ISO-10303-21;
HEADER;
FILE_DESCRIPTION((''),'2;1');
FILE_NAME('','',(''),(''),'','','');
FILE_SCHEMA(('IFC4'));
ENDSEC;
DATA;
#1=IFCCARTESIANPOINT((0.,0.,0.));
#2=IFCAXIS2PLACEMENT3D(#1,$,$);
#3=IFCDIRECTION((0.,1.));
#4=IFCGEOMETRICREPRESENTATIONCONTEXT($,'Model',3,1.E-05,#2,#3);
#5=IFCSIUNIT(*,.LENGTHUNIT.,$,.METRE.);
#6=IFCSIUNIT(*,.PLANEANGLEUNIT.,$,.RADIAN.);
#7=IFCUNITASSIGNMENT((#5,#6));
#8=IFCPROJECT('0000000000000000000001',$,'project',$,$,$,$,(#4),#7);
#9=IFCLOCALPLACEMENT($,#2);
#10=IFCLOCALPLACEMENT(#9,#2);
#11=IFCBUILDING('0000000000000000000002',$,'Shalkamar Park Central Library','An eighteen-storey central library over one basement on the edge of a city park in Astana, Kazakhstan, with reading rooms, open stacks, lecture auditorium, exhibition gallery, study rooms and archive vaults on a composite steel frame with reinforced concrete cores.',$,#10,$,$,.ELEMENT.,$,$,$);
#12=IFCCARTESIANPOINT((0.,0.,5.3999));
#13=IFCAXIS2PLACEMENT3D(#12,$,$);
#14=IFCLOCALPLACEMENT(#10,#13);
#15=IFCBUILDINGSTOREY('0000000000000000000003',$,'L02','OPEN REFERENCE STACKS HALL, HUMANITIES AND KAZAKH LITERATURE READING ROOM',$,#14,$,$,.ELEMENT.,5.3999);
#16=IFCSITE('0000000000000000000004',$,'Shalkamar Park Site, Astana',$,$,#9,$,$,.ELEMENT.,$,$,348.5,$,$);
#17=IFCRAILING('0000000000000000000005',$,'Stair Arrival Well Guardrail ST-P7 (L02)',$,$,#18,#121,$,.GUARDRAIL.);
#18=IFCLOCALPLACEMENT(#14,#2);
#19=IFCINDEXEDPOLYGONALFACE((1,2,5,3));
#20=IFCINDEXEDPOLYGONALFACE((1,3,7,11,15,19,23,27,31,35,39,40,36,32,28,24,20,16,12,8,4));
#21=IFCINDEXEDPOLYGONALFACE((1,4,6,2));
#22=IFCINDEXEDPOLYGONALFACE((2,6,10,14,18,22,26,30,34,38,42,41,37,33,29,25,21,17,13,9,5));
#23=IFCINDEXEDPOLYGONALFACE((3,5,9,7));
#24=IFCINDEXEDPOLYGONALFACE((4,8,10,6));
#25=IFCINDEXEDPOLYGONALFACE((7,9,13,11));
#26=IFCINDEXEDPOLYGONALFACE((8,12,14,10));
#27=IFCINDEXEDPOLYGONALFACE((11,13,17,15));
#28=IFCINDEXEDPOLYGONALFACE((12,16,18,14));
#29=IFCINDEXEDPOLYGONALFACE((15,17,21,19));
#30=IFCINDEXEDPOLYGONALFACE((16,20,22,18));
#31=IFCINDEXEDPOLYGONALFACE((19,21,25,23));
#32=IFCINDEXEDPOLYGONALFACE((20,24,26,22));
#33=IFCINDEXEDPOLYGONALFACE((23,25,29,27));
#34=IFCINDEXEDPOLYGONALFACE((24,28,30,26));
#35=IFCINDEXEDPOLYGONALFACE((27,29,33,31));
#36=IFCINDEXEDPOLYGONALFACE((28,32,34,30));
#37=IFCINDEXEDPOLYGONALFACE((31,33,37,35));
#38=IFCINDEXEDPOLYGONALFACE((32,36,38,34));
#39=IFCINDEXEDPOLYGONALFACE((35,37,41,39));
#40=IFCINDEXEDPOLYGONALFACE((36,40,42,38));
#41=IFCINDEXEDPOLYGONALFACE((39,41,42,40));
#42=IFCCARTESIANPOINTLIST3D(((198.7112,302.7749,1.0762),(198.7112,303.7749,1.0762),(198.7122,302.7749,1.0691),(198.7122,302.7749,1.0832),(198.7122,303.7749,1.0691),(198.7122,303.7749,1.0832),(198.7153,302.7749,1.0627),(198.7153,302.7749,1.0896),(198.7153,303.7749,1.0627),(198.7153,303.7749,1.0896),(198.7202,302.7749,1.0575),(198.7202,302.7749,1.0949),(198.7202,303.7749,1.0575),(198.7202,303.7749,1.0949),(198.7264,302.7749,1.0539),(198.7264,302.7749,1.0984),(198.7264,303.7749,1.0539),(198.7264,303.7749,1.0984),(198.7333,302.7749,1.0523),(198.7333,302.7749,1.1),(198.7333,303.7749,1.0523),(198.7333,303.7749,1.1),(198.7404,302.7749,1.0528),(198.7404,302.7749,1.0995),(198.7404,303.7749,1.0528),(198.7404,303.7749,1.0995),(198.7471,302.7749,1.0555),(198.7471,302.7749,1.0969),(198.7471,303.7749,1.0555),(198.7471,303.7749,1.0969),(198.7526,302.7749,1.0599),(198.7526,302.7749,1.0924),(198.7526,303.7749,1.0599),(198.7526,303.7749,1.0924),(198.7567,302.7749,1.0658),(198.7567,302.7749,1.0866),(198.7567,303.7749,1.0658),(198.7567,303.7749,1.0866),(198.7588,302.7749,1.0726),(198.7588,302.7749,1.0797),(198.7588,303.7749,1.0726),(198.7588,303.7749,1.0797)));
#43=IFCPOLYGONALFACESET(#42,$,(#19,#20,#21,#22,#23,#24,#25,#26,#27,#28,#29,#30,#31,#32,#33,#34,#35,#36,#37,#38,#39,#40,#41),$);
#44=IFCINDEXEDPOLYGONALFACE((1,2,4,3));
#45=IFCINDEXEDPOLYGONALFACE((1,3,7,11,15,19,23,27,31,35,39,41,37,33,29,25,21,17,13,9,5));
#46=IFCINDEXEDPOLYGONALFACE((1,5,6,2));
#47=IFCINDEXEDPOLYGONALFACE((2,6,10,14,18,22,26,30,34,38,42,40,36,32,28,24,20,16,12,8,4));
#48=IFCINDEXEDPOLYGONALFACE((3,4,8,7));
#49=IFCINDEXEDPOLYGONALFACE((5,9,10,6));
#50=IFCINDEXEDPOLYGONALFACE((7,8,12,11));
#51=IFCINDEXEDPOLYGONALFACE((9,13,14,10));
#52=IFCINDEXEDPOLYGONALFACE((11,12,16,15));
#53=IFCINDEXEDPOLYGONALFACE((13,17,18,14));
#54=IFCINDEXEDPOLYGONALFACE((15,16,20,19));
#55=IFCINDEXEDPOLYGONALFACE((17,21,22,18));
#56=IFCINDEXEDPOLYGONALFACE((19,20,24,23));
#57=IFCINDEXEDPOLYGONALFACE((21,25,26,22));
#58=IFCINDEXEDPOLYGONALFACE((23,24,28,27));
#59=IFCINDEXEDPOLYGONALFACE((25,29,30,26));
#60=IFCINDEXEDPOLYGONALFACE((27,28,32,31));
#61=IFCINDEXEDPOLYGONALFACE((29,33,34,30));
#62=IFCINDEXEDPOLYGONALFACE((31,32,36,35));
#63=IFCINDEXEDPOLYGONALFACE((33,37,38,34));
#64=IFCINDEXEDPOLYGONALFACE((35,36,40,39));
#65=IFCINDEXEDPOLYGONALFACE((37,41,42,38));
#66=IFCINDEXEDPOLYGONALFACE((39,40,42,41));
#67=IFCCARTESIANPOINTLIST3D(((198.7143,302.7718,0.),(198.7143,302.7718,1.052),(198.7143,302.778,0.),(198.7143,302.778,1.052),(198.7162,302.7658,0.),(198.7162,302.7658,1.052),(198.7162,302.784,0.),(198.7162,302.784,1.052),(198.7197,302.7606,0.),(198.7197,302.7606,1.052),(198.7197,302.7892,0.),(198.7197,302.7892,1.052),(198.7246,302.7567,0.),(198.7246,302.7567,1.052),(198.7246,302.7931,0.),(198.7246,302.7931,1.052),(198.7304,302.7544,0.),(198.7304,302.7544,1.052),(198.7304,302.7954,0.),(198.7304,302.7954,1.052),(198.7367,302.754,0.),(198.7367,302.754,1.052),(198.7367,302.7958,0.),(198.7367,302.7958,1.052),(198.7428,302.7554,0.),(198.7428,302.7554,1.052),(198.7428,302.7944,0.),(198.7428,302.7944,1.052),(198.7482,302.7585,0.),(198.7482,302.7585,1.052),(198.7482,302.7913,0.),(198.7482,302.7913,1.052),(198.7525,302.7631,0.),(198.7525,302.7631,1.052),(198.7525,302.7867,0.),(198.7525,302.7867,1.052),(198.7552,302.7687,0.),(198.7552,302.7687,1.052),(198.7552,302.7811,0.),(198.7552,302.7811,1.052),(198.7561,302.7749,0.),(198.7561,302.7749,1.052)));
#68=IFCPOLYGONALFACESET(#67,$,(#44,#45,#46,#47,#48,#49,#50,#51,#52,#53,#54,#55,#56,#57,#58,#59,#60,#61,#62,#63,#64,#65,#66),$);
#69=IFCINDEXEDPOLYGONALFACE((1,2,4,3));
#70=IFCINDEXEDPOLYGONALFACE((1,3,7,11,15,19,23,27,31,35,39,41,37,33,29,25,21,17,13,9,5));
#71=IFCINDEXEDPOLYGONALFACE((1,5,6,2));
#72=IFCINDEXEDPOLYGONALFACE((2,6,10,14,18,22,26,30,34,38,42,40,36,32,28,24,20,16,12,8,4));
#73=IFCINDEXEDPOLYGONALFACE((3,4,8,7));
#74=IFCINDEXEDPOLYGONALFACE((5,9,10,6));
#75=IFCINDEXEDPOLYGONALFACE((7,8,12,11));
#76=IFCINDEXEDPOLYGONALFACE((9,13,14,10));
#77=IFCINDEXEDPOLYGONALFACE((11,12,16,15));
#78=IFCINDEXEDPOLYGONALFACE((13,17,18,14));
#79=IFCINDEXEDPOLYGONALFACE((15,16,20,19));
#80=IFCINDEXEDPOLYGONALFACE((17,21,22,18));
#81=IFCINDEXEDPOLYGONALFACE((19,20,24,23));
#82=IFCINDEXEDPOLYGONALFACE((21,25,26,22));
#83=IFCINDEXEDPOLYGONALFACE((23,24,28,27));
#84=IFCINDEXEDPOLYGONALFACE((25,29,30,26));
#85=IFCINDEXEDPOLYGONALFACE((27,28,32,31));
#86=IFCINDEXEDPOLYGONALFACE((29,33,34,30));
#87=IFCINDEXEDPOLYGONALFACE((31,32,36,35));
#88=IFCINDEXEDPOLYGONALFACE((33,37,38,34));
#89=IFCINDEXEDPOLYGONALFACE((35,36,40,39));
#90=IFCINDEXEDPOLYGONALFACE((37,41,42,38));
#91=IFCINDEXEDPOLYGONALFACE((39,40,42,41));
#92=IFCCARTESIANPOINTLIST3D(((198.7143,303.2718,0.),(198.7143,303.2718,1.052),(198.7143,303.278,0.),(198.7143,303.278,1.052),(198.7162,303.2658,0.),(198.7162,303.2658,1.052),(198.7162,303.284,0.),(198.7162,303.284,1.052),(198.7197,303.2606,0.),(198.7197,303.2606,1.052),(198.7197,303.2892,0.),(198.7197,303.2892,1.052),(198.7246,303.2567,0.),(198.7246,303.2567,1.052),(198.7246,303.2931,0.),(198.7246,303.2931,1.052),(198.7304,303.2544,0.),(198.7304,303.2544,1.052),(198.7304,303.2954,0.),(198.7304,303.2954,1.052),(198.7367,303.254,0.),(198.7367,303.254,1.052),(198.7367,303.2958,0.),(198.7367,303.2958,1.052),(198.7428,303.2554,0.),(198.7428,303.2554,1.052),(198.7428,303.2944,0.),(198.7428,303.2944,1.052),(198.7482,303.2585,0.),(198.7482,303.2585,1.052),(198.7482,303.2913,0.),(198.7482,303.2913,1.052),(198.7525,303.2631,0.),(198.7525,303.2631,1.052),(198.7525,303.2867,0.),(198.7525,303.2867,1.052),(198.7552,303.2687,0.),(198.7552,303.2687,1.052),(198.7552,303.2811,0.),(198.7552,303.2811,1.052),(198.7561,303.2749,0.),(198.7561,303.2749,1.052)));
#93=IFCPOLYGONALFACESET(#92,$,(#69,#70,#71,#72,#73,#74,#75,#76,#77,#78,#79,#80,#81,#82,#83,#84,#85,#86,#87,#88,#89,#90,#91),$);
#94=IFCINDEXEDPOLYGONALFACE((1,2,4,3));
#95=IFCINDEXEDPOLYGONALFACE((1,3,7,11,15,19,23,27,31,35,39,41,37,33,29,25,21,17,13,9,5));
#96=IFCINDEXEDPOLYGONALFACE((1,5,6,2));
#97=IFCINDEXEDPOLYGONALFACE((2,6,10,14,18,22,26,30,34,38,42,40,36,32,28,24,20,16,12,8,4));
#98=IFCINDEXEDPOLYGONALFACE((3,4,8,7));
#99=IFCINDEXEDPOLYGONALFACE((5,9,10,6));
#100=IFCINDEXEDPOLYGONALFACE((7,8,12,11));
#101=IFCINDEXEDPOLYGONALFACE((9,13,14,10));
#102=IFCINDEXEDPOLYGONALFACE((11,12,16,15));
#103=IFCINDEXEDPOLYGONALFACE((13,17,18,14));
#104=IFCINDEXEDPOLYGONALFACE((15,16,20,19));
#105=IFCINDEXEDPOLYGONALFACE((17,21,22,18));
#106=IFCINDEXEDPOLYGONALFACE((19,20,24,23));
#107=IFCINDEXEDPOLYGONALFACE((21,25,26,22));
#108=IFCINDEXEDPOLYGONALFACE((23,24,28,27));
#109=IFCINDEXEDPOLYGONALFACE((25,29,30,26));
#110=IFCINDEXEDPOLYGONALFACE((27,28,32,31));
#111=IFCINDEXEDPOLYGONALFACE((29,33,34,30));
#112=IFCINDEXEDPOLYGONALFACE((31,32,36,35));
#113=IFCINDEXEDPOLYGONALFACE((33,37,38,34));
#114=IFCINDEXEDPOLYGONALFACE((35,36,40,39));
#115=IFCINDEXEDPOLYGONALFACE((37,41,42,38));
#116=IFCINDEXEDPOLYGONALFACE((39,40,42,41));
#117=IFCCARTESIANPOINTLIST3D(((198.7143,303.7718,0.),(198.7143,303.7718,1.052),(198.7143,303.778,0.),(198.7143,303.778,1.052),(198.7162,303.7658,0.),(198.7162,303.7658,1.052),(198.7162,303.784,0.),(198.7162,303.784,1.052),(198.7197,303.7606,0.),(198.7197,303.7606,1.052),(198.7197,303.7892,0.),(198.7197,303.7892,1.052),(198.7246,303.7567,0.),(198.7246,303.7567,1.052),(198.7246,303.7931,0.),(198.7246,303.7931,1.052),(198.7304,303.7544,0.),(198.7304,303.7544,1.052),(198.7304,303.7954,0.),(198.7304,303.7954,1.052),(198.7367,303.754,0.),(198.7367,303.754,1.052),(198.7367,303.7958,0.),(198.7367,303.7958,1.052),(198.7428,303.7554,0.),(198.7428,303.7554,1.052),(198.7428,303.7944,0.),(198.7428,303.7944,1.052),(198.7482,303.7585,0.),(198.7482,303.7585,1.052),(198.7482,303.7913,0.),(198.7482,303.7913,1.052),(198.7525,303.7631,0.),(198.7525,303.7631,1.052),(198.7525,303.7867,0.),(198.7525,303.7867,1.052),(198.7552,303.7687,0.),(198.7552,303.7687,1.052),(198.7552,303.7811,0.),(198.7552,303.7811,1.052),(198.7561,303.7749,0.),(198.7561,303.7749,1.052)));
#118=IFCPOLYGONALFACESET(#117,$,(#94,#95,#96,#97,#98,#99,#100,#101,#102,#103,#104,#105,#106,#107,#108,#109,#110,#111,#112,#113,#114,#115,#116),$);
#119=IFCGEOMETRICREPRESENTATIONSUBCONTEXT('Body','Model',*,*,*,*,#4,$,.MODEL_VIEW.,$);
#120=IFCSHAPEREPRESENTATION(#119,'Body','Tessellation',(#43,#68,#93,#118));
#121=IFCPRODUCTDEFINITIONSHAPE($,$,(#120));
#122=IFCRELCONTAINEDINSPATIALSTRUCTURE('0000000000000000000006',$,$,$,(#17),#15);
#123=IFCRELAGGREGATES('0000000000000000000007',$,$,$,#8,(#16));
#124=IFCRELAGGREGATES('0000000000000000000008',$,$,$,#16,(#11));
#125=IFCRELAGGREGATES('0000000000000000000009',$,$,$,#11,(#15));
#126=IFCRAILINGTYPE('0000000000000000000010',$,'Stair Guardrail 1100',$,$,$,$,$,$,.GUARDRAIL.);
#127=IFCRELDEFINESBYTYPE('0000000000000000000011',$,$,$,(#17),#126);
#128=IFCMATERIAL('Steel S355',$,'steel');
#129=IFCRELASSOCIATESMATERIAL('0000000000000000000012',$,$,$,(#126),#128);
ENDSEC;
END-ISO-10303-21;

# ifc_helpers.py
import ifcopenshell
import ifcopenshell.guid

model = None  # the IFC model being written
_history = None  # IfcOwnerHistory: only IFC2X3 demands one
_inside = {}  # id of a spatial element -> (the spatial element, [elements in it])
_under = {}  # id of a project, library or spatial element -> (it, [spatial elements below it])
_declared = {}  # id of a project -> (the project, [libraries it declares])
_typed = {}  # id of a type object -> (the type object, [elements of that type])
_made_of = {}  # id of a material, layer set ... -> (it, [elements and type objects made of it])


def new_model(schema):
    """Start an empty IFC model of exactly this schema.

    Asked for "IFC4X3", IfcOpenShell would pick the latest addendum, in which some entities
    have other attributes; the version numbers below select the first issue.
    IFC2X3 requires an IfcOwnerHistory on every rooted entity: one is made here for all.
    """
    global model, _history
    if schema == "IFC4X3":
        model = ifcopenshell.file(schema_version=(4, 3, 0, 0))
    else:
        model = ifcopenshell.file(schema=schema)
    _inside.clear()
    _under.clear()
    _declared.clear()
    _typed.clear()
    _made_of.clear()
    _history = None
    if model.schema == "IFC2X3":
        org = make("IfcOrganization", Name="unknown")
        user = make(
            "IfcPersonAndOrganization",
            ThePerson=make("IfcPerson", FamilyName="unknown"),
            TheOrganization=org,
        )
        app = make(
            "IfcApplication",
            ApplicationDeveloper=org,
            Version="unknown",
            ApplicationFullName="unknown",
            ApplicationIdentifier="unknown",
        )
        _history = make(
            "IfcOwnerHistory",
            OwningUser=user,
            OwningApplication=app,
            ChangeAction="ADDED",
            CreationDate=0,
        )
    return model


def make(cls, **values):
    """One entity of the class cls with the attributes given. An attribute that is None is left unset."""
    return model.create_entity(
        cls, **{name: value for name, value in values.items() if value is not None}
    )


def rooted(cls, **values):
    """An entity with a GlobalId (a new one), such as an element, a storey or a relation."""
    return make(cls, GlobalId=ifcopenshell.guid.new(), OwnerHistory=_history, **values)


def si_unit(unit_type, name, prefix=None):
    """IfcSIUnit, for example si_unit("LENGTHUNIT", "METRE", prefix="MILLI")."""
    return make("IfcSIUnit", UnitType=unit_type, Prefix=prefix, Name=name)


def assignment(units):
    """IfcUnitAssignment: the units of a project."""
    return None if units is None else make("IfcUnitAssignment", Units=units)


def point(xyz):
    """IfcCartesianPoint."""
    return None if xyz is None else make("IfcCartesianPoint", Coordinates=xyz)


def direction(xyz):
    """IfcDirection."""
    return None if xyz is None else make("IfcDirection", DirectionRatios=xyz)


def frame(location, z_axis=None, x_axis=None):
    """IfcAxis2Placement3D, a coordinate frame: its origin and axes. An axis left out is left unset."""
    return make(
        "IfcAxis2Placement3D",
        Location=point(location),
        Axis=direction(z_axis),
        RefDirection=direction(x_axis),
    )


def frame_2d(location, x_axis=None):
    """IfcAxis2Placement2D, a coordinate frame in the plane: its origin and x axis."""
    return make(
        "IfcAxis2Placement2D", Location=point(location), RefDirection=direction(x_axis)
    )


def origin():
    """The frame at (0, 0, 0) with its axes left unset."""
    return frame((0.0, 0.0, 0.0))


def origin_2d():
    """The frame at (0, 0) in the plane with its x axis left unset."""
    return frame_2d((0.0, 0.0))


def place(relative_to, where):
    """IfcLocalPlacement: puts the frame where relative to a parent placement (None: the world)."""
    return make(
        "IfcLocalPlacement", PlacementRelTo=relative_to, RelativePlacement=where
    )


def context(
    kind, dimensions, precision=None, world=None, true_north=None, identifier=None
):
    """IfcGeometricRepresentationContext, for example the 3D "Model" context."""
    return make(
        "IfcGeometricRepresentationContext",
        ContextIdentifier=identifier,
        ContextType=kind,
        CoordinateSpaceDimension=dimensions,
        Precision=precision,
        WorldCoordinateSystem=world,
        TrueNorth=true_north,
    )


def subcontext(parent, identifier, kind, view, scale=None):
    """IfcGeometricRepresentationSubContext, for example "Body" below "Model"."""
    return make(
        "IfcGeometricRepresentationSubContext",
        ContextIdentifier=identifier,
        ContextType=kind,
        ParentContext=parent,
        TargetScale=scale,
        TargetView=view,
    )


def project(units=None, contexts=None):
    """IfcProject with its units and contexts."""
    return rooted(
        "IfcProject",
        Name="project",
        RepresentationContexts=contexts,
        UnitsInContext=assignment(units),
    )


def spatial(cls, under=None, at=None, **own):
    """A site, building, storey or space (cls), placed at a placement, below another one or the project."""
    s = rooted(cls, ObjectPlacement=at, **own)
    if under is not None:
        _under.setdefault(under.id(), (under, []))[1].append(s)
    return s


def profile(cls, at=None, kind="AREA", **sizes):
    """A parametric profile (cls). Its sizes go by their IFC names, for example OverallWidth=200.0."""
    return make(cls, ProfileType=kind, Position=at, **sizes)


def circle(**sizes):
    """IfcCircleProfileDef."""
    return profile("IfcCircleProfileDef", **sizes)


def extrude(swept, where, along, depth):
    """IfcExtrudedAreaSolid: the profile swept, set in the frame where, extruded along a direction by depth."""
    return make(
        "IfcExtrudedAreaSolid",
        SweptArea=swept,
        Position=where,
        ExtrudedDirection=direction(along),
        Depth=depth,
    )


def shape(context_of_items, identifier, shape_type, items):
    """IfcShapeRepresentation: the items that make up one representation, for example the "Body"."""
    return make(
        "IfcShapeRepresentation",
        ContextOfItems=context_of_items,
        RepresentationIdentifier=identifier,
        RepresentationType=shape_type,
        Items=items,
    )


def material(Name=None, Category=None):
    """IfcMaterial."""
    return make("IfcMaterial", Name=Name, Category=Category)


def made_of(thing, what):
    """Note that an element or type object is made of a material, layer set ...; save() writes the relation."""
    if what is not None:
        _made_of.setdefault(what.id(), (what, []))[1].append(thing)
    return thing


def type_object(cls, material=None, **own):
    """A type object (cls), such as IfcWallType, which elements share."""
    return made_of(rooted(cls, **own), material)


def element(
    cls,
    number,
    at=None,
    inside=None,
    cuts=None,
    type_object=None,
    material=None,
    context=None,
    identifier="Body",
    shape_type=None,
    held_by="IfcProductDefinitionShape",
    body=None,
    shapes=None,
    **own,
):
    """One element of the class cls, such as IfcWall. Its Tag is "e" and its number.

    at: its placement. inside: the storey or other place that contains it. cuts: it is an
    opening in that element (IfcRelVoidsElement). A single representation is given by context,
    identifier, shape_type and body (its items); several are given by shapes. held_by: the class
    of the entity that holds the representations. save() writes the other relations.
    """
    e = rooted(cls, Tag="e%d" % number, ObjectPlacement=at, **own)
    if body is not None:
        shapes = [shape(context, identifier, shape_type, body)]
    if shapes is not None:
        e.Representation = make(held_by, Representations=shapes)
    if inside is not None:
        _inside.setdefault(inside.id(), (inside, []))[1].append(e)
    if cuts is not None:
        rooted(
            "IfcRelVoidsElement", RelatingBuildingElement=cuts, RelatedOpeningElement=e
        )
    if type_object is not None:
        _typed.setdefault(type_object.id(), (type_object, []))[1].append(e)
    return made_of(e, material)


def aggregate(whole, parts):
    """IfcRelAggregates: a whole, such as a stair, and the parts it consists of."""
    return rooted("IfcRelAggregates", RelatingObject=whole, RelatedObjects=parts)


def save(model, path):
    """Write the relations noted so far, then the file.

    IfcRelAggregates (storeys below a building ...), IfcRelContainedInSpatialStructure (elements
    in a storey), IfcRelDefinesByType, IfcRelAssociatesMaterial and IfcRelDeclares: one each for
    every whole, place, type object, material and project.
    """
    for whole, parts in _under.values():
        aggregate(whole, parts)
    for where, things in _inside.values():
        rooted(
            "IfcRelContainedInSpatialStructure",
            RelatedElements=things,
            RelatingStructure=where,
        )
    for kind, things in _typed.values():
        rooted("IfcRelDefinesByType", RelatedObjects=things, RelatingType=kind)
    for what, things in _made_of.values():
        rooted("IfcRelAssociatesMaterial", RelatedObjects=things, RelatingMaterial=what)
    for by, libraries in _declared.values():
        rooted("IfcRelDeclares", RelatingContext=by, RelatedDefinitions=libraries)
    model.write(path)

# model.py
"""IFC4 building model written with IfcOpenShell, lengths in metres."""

from ifc_helpers import new_model, si_unit, direction, frame, origin, origin_2d, place, context, subcontext, project, spatial, circle, extrude, material, type_object, element, save


model = new_model("IFC4")

# Units and contexts
model_context = context("Model", 3, precision=1e-05, world=origin(), true_north=direction((0.0, 1.0)))
body_context = subcontext(model_context, "Body", "Model", "MODEL_VIEW")
ifc_project = project(units=[si_unit("LENGTHUNIT", "METRE"), si_unit("PLANEANGLEUNIT", "RADIAN")], contexts=[model_context])

# Site, building, storey
site_placement = place(None, origin())
site = spatial("IfcSite", under=ifc_project, at=site_placement, Name="Shalkamar Park Site, Astana", CompositionType="ELEMENT", RefElevation=348.5)
building_placement = place(site_placement, origin())
building = spatial("IfcBuilding", under=site, at=building_placement, Name="Shalkamar Park Central Library", Description="An eighteen-storey central library over one basement on the edge of a city park in Astana, Kazakhstan, with reading rooms, open stacks, lecture auditorium, exhibition gallery, study rooms and archive vaults on a composite steel frame with reinforced concrete cores.", CompositionType="ELEMENT")
storey_placement = place(building_placement, frame((0.0, 0.0, 5.3999)))
storey = spatial("IfcBuildingStorey", under=building, at=storey_placement, Name="L02", Description="OPEN REFERENCE STACKS HALL, HUMANITIES AND KAZAKH LITERATURE READING ROOM", CompositionType="ELEMENT", Elevation=5.3999)

# Shared definitions
ifc_material_1 = material(Name="Steel S355", Category="steel")

# Railing
railing_type_1 = type_object("IfcRailingType", Name="Stair Guardrail 1100", PredefinedType="GUARDRAIL", material=ifc_material_1)
railing_1_placement = place(storey_placement, frame((198.7351, 302.7749, 0.0)))
element("IfcRailing", 1, at=railing_1_placement, inside=storey, type_object=railing_type_1, Name="Stair Arrival Well Guardrail ST-P7 (L02)", PredefinedType="GUARDRAIL", context=body_context, shape_type="SweptSolid", body=[
    extrude(circle(Radius=0.0239, at=origin_2d()), frame((0.0, 0.0, 1.0762), z_axis=(0.0, 1.0, 0.0), x_axis=(-1.0, 0.0, 0.0)), (0.0, 0.0, 1.0), 1.0),
    extrude(circle(Radius=0.021, at=origin_2d()), origin(), (0.0, 0.0, 1.0), 1.052),
    extrude(circle(Radius=0.021, at=origin_2d()), frame((0.0, 0.5, 0.0)), (0.0, 0.0, 1.0), 1.052),
    extrude(circle(Radius=0.021, at=origin_2d()), frame((0.0, 1.0, 0.0)), (0.0, 0.0, 1.0), 1.052),
])

save(model, "model.ifc")
